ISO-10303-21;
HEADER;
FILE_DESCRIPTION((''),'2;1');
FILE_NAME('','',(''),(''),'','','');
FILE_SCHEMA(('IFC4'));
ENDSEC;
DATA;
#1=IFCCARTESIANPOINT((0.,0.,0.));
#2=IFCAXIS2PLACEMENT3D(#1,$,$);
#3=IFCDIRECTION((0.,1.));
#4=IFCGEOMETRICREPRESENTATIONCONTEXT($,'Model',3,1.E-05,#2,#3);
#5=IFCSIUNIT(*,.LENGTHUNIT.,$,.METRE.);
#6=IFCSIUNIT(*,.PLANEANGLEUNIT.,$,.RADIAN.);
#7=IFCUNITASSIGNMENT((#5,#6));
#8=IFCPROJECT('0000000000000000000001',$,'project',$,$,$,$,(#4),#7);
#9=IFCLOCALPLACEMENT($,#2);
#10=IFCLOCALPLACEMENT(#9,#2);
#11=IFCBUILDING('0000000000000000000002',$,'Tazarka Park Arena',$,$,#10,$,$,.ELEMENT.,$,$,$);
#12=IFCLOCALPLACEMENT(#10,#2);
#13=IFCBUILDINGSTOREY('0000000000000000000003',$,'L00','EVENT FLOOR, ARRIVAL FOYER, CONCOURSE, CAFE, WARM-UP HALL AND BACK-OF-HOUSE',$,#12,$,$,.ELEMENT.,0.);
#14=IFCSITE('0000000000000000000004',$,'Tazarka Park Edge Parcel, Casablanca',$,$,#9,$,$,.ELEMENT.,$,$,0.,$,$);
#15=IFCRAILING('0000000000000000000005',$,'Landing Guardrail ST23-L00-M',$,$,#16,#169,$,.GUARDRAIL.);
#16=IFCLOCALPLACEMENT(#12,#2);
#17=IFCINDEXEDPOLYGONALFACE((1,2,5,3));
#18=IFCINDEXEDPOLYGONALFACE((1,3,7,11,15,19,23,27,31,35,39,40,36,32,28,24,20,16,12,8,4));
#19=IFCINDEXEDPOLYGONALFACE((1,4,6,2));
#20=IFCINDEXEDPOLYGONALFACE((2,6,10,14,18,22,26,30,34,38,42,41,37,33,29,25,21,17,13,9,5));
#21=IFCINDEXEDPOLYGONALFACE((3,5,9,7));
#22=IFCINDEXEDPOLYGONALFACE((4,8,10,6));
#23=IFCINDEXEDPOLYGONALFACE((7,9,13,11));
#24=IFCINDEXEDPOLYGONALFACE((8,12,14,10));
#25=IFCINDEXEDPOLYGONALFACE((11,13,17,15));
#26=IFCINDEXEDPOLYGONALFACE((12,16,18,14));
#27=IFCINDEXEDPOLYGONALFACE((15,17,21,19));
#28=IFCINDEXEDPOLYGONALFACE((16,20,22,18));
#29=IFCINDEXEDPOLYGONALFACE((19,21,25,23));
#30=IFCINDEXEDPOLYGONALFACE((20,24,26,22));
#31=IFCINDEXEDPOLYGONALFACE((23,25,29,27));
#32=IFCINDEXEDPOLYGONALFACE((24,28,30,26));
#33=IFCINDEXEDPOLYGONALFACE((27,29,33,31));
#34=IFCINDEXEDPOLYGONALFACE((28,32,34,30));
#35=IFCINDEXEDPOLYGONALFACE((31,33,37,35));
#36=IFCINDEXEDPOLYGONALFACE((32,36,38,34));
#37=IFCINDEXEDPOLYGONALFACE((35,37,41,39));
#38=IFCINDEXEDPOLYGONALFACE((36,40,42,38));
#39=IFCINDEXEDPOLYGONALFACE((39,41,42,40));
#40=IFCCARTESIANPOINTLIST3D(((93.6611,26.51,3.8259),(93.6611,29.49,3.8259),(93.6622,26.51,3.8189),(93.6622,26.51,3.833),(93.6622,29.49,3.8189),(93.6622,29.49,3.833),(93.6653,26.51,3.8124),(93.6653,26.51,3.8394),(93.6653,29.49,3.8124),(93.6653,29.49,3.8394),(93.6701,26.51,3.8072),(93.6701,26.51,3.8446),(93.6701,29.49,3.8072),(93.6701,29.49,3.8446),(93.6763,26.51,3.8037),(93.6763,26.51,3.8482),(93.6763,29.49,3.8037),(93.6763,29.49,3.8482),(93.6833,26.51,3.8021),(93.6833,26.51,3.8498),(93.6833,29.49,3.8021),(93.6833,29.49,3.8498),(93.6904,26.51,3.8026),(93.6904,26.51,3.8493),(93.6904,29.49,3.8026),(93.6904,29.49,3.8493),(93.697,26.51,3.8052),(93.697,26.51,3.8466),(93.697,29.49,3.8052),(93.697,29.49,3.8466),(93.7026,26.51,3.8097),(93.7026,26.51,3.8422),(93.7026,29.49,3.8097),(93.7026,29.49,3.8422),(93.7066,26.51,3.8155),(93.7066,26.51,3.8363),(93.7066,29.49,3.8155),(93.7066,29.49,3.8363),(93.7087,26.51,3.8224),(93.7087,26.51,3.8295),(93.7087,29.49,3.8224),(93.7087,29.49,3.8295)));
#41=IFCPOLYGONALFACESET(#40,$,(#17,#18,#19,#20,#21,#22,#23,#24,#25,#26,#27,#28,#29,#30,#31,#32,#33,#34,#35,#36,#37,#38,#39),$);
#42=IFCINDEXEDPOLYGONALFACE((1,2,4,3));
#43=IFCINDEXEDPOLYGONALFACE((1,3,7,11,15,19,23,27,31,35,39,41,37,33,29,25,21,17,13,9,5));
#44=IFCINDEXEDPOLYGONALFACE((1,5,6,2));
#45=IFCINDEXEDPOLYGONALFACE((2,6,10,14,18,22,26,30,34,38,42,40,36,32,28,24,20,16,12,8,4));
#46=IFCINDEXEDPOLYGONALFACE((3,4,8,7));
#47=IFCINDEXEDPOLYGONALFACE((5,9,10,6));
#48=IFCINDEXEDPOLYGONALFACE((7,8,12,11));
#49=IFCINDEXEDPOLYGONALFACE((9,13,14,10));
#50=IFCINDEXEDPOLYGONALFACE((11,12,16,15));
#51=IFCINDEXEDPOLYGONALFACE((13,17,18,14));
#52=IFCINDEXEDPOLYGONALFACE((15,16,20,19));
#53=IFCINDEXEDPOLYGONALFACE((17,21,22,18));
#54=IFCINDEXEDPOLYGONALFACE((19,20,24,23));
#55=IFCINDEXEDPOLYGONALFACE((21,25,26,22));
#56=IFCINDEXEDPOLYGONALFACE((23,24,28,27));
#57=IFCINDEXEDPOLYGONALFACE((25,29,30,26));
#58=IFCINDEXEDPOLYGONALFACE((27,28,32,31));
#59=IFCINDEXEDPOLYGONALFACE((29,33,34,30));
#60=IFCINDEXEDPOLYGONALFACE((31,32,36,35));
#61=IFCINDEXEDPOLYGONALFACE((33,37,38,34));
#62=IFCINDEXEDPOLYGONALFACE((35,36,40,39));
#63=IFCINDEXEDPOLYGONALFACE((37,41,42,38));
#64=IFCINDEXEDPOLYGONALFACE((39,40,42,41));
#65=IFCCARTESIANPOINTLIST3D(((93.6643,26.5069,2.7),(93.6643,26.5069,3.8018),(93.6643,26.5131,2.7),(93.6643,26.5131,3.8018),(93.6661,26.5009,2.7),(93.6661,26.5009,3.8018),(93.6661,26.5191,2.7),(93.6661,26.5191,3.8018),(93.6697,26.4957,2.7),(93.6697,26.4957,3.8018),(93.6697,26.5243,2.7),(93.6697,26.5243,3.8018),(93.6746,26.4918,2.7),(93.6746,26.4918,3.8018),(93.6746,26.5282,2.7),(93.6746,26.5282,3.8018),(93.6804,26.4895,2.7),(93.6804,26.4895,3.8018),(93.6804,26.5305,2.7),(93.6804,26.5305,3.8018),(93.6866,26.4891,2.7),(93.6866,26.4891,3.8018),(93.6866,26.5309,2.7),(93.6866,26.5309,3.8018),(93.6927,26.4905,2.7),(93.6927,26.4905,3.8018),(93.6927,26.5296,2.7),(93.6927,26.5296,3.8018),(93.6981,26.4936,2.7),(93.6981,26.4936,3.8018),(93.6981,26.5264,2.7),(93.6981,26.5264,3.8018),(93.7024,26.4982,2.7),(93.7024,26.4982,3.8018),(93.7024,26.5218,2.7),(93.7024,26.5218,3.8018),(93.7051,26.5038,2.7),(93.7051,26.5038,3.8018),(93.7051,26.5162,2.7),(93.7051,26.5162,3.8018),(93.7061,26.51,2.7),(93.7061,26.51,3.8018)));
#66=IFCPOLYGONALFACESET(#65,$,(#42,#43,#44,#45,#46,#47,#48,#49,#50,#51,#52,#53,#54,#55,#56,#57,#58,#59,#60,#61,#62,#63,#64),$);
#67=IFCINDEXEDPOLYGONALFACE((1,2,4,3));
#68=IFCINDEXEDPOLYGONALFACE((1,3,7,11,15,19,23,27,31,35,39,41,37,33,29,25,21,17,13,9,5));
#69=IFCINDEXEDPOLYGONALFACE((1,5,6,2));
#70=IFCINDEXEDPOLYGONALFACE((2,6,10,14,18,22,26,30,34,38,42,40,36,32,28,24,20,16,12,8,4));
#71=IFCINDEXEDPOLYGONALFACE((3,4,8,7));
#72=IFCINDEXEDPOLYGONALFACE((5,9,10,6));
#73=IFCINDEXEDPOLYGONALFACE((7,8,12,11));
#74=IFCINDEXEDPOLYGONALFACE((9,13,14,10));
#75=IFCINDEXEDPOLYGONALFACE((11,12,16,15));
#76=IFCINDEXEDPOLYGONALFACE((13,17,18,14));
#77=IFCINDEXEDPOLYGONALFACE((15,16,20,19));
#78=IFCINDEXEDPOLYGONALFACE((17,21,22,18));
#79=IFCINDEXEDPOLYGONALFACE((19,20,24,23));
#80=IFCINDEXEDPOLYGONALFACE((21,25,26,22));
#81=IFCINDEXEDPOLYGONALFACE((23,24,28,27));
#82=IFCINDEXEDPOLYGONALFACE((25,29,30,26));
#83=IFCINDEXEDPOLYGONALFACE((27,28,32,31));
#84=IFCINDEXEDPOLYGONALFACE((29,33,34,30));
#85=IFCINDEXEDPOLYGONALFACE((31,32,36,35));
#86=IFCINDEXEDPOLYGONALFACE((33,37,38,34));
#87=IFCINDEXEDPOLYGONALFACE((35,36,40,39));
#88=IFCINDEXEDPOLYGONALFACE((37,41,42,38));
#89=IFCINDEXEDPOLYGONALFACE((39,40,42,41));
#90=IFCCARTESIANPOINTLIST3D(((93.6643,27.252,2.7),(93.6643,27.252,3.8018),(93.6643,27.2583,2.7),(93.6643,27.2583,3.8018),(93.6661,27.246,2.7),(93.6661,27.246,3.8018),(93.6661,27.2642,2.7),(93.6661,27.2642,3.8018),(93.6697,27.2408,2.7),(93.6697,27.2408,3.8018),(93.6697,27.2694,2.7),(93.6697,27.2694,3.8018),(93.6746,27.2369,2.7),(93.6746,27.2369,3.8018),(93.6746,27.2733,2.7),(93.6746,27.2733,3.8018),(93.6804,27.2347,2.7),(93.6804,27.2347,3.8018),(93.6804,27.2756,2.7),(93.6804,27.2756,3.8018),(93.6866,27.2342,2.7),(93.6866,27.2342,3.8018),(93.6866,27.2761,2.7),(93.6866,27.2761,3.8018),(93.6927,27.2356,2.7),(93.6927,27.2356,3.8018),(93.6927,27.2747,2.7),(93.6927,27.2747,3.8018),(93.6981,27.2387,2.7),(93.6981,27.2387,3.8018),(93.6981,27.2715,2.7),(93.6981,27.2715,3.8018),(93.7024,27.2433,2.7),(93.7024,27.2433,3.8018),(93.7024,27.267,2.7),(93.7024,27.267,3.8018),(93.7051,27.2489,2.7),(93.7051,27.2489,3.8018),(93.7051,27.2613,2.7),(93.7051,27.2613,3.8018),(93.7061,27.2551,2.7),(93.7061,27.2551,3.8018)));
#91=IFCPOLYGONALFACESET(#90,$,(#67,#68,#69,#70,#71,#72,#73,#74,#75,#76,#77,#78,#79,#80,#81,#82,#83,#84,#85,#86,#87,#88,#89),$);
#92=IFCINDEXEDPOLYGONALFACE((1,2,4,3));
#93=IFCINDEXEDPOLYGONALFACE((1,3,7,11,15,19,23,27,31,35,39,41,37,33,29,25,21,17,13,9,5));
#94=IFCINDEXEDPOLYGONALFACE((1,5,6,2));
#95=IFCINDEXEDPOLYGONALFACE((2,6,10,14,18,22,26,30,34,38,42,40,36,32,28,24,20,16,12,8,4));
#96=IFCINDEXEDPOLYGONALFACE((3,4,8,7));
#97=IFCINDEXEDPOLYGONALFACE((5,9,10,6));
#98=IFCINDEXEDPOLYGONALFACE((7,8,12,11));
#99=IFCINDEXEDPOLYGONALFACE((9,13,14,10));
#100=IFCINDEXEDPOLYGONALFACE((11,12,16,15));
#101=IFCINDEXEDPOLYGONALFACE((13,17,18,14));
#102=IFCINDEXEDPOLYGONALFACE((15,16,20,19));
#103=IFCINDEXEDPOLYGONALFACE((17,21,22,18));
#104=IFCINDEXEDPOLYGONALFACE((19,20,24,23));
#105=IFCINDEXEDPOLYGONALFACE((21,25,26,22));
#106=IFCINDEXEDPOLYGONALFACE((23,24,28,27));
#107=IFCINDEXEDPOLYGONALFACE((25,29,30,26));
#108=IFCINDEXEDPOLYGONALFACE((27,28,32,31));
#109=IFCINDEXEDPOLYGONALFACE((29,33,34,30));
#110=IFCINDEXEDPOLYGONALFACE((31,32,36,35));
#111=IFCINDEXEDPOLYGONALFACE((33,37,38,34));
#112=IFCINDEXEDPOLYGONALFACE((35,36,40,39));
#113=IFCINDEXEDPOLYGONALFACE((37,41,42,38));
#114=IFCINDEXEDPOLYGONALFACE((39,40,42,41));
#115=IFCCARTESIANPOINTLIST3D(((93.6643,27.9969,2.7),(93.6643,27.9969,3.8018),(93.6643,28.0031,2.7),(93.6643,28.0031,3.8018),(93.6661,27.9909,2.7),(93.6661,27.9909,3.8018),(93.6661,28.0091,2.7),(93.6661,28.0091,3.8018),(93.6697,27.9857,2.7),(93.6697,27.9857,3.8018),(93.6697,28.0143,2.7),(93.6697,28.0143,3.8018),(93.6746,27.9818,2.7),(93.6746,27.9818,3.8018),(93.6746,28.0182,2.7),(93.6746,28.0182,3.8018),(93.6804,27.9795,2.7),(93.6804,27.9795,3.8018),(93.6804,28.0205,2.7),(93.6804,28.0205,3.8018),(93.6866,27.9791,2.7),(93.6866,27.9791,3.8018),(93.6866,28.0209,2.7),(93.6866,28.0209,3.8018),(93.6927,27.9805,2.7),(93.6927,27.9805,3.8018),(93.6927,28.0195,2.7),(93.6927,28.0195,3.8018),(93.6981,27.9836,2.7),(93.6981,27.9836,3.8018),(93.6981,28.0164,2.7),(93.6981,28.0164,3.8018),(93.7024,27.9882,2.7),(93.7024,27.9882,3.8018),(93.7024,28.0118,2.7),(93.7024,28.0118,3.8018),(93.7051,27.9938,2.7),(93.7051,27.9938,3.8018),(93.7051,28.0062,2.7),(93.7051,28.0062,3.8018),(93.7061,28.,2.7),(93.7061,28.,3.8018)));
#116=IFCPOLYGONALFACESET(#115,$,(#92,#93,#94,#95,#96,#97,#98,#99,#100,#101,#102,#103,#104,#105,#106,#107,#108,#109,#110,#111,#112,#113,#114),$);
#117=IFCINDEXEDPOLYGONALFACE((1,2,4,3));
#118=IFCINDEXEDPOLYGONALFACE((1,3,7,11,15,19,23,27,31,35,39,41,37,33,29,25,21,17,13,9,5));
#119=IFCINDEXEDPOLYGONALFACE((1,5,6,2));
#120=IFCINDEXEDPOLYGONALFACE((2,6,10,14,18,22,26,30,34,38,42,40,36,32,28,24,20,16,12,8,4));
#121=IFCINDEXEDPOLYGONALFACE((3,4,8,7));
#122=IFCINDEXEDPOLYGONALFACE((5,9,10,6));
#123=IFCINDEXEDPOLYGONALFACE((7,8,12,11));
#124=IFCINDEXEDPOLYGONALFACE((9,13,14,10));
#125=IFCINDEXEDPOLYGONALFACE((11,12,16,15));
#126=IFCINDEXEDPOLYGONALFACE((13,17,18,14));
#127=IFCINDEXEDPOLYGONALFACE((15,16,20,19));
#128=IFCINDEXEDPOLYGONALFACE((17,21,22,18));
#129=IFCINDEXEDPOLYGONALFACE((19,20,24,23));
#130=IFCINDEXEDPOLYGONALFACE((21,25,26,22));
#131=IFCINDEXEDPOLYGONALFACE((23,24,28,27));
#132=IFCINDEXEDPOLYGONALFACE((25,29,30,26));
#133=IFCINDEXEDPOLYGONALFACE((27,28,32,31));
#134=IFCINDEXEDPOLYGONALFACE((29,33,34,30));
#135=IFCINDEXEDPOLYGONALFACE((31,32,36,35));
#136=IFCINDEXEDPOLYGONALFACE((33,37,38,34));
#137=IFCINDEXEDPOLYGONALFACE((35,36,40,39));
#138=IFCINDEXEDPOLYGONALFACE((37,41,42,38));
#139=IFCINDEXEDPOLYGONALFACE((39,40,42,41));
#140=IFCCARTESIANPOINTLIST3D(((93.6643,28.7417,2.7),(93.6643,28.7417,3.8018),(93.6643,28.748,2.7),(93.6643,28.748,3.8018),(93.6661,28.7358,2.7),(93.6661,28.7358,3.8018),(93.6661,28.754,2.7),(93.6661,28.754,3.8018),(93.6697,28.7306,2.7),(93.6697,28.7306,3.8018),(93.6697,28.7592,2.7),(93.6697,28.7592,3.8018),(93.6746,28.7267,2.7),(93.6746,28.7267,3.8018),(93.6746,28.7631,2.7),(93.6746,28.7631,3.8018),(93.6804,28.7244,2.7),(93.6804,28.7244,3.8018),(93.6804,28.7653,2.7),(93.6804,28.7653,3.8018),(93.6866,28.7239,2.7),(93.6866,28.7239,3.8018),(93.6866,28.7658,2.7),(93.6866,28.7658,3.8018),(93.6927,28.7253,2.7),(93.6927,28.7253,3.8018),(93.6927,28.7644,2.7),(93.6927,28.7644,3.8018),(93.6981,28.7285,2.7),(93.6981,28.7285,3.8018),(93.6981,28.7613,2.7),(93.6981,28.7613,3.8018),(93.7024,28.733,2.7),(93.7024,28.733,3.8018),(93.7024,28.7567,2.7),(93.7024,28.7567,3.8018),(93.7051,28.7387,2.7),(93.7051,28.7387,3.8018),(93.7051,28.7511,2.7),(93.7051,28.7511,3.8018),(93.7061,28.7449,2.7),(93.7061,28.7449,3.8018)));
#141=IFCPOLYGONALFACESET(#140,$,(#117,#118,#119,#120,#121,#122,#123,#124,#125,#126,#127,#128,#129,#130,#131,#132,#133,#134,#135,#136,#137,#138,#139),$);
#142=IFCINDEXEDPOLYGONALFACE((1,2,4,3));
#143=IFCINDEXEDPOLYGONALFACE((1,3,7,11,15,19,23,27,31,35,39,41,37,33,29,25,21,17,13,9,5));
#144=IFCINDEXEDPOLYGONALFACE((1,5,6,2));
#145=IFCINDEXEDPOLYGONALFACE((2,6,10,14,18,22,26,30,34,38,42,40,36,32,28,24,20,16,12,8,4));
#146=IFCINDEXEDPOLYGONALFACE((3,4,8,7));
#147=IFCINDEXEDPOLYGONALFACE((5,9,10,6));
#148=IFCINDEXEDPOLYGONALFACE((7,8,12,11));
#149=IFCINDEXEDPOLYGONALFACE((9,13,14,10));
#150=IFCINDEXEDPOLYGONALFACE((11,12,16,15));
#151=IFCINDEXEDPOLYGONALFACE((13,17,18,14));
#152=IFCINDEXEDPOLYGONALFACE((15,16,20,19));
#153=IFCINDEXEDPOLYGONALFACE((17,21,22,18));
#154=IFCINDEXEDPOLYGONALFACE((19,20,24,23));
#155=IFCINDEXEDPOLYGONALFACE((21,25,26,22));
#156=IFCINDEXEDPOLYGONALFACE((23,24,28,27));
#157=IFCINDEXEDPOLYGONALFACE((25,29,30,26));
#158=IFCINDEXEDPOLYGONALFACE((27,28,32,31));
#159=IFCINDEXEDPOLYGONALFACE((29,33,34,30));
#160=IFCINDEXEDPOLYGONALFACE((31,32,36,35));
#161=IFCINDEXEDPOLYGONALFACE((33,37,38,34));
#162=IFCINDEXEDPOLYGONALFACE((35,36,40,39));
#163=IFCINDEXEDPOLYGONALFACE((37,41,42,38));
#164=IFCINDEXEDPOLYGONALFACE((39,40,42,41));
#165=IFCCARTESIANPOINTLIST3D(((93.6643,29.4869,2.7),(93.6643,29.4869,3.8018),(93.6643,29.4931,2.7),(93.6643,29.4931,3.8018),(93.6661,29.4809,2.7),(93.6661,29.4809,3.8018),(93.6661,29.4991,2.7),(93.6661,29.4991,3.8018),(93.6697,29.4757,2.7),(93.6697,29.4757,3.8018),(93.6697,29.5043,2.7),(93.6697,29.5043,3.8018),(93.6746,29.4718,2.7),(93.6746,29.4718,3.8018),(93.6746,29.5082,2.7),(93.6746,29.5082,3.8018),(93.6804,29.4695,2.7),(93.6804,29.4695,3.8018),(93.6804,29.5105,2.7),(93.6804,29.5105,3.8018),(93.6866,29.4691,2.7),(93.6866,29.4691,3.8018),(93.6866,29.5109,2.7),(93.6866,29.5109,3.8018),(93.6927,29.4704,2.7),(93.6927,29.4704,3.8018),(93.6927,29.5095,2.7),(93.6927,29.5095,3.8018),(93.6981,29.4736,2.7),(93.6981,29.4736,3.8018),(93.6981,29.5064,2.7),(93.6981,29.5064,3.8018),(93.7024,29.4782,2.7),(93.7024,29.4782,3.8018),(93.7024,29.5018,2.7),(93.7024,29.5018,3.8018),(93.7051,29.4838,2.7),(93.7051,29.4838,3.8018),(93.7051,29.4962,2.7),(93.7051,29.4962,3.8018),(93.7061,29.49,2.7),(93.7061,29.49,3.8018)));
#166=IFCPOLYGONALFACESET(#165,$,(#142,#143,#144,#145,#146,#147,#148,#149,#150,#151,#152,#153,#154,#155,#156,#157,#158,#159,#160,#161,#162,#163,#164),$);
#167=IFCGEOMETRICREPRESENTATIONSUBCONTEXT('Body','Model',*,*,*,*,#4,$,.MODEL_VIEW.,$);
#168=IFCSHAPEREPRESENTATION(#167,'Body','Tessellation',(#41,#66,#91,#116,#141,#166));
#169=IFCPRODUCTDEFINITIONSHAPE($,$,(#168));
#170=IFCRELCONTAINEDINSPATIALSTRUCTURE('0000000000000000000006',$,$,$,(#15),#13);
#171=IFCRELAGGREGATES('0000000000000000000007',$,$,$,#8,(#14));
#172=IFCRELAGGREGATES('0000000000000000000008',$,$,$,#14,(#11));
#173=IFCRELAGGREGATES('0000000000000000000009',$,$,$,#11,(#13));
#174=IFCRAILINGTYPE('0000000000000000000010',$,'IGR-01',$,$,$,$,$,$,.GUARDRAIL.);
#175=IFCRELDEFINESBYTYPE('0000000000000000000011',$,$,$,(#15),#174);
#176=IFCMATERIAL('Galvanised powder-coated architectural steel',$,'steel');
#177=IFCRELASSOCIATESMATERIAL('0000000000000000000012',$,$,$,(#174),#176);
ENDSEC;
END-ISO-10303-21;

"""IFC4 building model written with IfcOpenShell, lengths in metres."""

from ifc_helpers import new_model, si_unit, direction, frame, origin, origin_2d, place, context, subcontext, project, spatial, circle, extrude, material, type_object, element, save


model = new_model("IFC4")

# Units and contexts
model_context = context("Model", 3, precision=1e-05, world=origin(), true_north=direction((0.0, 1.0)))
body_context = subcontext(model_context, "Body", "Model", "MODEL_VIEW")
ifc_project = project(units=[si_unit("LENGTHUNIT", "METRE"), si_unit("PLANEANGLEUNIT", "RADIAN")], contexts=[model_context])

# Site, building, storey
site_placement = place(None, origin())
site = spatial("IfcSite", under=ifc_project, at=site_placement, Name="Tazarka Park Edge Parcel, Casablanca", CompositionType="ELEMENT", RefElevation=0.0)
building_placement = place(site_placement, origin())
building = spatial("IfcBuilding", under=site, at=building_placement, Name="Tazarka Park Arena", CompositionType="ELEMENT")
storey_placement = place(building_placement, origin())
storey = spatial("IfcBuildingStorey", under=building, at=storey_placement, Name="L00", Description="EVENT FLOOR, ARRIVAL FOYER, CONCOURSE, CAFE, WARM-UP HALL AND BACK-OF-HOUSE", CompositionType="ELEMENT", Elevation=0.0)

# Railing
ifc_material_1 = material(Name="Galvanised powder-coated architectural steel", Category="steel")
railing_type_1 = type_object("IfcRailingType", Name="IGR-01", PredefinedType="GUARDRAIL", material=ifc_material_1)
for number, where, name in (
    (1, (93.6851, 26.51, 2.7), "Landing Guardrail ST23-L00-M"),
):
    element("IfcRailing", number, at=place(storey_placement, frame(where)), inside=storey, type_object=railing_type_1, Name=name, PredefinedType="GUARDRAIL", context=body_context, shape_type="SweptSolid", body=[
        extrude(circle(Radius=0.0239, at=origin_2d()), frame((0.0, 0.0, 1.126), z_axis=(0.0, 1.0, 0.0), x_axis=(-1.0, 0.0, 0.0)), (0.0, 0.0, 1.0), 2.98),
        extrude(circle(Radius=0.021, at=origin_2d()), origin(), (0.0, 0.0, 1.0), 1.1018),
        extrude(circle(Radius=0.021, at=origin_2d()), frame((0.0, 0.7451, 0.0)), (0.0, 0.0, 1.0), 1.1018),
        extrude(circle(Radius=0.021, at=origin_2d()), frame((0.0, 1.49, 0.0)), (0.0, 0.0, 1.0), 1.1018),
        extrude(circle(Radius=0.021, at=origin_2d()), frame((0.0, 2.2349, 0.0)), (0.0, 0.0, 1.0), 1.1018),
        extrude(circle(Radius=0.021, at=origin_2d()), frame((0.0, 2.98, 0.0)), (0.0, 0.0, 1.0), 1.1018),
    ])

save(model, "model.ifc")
